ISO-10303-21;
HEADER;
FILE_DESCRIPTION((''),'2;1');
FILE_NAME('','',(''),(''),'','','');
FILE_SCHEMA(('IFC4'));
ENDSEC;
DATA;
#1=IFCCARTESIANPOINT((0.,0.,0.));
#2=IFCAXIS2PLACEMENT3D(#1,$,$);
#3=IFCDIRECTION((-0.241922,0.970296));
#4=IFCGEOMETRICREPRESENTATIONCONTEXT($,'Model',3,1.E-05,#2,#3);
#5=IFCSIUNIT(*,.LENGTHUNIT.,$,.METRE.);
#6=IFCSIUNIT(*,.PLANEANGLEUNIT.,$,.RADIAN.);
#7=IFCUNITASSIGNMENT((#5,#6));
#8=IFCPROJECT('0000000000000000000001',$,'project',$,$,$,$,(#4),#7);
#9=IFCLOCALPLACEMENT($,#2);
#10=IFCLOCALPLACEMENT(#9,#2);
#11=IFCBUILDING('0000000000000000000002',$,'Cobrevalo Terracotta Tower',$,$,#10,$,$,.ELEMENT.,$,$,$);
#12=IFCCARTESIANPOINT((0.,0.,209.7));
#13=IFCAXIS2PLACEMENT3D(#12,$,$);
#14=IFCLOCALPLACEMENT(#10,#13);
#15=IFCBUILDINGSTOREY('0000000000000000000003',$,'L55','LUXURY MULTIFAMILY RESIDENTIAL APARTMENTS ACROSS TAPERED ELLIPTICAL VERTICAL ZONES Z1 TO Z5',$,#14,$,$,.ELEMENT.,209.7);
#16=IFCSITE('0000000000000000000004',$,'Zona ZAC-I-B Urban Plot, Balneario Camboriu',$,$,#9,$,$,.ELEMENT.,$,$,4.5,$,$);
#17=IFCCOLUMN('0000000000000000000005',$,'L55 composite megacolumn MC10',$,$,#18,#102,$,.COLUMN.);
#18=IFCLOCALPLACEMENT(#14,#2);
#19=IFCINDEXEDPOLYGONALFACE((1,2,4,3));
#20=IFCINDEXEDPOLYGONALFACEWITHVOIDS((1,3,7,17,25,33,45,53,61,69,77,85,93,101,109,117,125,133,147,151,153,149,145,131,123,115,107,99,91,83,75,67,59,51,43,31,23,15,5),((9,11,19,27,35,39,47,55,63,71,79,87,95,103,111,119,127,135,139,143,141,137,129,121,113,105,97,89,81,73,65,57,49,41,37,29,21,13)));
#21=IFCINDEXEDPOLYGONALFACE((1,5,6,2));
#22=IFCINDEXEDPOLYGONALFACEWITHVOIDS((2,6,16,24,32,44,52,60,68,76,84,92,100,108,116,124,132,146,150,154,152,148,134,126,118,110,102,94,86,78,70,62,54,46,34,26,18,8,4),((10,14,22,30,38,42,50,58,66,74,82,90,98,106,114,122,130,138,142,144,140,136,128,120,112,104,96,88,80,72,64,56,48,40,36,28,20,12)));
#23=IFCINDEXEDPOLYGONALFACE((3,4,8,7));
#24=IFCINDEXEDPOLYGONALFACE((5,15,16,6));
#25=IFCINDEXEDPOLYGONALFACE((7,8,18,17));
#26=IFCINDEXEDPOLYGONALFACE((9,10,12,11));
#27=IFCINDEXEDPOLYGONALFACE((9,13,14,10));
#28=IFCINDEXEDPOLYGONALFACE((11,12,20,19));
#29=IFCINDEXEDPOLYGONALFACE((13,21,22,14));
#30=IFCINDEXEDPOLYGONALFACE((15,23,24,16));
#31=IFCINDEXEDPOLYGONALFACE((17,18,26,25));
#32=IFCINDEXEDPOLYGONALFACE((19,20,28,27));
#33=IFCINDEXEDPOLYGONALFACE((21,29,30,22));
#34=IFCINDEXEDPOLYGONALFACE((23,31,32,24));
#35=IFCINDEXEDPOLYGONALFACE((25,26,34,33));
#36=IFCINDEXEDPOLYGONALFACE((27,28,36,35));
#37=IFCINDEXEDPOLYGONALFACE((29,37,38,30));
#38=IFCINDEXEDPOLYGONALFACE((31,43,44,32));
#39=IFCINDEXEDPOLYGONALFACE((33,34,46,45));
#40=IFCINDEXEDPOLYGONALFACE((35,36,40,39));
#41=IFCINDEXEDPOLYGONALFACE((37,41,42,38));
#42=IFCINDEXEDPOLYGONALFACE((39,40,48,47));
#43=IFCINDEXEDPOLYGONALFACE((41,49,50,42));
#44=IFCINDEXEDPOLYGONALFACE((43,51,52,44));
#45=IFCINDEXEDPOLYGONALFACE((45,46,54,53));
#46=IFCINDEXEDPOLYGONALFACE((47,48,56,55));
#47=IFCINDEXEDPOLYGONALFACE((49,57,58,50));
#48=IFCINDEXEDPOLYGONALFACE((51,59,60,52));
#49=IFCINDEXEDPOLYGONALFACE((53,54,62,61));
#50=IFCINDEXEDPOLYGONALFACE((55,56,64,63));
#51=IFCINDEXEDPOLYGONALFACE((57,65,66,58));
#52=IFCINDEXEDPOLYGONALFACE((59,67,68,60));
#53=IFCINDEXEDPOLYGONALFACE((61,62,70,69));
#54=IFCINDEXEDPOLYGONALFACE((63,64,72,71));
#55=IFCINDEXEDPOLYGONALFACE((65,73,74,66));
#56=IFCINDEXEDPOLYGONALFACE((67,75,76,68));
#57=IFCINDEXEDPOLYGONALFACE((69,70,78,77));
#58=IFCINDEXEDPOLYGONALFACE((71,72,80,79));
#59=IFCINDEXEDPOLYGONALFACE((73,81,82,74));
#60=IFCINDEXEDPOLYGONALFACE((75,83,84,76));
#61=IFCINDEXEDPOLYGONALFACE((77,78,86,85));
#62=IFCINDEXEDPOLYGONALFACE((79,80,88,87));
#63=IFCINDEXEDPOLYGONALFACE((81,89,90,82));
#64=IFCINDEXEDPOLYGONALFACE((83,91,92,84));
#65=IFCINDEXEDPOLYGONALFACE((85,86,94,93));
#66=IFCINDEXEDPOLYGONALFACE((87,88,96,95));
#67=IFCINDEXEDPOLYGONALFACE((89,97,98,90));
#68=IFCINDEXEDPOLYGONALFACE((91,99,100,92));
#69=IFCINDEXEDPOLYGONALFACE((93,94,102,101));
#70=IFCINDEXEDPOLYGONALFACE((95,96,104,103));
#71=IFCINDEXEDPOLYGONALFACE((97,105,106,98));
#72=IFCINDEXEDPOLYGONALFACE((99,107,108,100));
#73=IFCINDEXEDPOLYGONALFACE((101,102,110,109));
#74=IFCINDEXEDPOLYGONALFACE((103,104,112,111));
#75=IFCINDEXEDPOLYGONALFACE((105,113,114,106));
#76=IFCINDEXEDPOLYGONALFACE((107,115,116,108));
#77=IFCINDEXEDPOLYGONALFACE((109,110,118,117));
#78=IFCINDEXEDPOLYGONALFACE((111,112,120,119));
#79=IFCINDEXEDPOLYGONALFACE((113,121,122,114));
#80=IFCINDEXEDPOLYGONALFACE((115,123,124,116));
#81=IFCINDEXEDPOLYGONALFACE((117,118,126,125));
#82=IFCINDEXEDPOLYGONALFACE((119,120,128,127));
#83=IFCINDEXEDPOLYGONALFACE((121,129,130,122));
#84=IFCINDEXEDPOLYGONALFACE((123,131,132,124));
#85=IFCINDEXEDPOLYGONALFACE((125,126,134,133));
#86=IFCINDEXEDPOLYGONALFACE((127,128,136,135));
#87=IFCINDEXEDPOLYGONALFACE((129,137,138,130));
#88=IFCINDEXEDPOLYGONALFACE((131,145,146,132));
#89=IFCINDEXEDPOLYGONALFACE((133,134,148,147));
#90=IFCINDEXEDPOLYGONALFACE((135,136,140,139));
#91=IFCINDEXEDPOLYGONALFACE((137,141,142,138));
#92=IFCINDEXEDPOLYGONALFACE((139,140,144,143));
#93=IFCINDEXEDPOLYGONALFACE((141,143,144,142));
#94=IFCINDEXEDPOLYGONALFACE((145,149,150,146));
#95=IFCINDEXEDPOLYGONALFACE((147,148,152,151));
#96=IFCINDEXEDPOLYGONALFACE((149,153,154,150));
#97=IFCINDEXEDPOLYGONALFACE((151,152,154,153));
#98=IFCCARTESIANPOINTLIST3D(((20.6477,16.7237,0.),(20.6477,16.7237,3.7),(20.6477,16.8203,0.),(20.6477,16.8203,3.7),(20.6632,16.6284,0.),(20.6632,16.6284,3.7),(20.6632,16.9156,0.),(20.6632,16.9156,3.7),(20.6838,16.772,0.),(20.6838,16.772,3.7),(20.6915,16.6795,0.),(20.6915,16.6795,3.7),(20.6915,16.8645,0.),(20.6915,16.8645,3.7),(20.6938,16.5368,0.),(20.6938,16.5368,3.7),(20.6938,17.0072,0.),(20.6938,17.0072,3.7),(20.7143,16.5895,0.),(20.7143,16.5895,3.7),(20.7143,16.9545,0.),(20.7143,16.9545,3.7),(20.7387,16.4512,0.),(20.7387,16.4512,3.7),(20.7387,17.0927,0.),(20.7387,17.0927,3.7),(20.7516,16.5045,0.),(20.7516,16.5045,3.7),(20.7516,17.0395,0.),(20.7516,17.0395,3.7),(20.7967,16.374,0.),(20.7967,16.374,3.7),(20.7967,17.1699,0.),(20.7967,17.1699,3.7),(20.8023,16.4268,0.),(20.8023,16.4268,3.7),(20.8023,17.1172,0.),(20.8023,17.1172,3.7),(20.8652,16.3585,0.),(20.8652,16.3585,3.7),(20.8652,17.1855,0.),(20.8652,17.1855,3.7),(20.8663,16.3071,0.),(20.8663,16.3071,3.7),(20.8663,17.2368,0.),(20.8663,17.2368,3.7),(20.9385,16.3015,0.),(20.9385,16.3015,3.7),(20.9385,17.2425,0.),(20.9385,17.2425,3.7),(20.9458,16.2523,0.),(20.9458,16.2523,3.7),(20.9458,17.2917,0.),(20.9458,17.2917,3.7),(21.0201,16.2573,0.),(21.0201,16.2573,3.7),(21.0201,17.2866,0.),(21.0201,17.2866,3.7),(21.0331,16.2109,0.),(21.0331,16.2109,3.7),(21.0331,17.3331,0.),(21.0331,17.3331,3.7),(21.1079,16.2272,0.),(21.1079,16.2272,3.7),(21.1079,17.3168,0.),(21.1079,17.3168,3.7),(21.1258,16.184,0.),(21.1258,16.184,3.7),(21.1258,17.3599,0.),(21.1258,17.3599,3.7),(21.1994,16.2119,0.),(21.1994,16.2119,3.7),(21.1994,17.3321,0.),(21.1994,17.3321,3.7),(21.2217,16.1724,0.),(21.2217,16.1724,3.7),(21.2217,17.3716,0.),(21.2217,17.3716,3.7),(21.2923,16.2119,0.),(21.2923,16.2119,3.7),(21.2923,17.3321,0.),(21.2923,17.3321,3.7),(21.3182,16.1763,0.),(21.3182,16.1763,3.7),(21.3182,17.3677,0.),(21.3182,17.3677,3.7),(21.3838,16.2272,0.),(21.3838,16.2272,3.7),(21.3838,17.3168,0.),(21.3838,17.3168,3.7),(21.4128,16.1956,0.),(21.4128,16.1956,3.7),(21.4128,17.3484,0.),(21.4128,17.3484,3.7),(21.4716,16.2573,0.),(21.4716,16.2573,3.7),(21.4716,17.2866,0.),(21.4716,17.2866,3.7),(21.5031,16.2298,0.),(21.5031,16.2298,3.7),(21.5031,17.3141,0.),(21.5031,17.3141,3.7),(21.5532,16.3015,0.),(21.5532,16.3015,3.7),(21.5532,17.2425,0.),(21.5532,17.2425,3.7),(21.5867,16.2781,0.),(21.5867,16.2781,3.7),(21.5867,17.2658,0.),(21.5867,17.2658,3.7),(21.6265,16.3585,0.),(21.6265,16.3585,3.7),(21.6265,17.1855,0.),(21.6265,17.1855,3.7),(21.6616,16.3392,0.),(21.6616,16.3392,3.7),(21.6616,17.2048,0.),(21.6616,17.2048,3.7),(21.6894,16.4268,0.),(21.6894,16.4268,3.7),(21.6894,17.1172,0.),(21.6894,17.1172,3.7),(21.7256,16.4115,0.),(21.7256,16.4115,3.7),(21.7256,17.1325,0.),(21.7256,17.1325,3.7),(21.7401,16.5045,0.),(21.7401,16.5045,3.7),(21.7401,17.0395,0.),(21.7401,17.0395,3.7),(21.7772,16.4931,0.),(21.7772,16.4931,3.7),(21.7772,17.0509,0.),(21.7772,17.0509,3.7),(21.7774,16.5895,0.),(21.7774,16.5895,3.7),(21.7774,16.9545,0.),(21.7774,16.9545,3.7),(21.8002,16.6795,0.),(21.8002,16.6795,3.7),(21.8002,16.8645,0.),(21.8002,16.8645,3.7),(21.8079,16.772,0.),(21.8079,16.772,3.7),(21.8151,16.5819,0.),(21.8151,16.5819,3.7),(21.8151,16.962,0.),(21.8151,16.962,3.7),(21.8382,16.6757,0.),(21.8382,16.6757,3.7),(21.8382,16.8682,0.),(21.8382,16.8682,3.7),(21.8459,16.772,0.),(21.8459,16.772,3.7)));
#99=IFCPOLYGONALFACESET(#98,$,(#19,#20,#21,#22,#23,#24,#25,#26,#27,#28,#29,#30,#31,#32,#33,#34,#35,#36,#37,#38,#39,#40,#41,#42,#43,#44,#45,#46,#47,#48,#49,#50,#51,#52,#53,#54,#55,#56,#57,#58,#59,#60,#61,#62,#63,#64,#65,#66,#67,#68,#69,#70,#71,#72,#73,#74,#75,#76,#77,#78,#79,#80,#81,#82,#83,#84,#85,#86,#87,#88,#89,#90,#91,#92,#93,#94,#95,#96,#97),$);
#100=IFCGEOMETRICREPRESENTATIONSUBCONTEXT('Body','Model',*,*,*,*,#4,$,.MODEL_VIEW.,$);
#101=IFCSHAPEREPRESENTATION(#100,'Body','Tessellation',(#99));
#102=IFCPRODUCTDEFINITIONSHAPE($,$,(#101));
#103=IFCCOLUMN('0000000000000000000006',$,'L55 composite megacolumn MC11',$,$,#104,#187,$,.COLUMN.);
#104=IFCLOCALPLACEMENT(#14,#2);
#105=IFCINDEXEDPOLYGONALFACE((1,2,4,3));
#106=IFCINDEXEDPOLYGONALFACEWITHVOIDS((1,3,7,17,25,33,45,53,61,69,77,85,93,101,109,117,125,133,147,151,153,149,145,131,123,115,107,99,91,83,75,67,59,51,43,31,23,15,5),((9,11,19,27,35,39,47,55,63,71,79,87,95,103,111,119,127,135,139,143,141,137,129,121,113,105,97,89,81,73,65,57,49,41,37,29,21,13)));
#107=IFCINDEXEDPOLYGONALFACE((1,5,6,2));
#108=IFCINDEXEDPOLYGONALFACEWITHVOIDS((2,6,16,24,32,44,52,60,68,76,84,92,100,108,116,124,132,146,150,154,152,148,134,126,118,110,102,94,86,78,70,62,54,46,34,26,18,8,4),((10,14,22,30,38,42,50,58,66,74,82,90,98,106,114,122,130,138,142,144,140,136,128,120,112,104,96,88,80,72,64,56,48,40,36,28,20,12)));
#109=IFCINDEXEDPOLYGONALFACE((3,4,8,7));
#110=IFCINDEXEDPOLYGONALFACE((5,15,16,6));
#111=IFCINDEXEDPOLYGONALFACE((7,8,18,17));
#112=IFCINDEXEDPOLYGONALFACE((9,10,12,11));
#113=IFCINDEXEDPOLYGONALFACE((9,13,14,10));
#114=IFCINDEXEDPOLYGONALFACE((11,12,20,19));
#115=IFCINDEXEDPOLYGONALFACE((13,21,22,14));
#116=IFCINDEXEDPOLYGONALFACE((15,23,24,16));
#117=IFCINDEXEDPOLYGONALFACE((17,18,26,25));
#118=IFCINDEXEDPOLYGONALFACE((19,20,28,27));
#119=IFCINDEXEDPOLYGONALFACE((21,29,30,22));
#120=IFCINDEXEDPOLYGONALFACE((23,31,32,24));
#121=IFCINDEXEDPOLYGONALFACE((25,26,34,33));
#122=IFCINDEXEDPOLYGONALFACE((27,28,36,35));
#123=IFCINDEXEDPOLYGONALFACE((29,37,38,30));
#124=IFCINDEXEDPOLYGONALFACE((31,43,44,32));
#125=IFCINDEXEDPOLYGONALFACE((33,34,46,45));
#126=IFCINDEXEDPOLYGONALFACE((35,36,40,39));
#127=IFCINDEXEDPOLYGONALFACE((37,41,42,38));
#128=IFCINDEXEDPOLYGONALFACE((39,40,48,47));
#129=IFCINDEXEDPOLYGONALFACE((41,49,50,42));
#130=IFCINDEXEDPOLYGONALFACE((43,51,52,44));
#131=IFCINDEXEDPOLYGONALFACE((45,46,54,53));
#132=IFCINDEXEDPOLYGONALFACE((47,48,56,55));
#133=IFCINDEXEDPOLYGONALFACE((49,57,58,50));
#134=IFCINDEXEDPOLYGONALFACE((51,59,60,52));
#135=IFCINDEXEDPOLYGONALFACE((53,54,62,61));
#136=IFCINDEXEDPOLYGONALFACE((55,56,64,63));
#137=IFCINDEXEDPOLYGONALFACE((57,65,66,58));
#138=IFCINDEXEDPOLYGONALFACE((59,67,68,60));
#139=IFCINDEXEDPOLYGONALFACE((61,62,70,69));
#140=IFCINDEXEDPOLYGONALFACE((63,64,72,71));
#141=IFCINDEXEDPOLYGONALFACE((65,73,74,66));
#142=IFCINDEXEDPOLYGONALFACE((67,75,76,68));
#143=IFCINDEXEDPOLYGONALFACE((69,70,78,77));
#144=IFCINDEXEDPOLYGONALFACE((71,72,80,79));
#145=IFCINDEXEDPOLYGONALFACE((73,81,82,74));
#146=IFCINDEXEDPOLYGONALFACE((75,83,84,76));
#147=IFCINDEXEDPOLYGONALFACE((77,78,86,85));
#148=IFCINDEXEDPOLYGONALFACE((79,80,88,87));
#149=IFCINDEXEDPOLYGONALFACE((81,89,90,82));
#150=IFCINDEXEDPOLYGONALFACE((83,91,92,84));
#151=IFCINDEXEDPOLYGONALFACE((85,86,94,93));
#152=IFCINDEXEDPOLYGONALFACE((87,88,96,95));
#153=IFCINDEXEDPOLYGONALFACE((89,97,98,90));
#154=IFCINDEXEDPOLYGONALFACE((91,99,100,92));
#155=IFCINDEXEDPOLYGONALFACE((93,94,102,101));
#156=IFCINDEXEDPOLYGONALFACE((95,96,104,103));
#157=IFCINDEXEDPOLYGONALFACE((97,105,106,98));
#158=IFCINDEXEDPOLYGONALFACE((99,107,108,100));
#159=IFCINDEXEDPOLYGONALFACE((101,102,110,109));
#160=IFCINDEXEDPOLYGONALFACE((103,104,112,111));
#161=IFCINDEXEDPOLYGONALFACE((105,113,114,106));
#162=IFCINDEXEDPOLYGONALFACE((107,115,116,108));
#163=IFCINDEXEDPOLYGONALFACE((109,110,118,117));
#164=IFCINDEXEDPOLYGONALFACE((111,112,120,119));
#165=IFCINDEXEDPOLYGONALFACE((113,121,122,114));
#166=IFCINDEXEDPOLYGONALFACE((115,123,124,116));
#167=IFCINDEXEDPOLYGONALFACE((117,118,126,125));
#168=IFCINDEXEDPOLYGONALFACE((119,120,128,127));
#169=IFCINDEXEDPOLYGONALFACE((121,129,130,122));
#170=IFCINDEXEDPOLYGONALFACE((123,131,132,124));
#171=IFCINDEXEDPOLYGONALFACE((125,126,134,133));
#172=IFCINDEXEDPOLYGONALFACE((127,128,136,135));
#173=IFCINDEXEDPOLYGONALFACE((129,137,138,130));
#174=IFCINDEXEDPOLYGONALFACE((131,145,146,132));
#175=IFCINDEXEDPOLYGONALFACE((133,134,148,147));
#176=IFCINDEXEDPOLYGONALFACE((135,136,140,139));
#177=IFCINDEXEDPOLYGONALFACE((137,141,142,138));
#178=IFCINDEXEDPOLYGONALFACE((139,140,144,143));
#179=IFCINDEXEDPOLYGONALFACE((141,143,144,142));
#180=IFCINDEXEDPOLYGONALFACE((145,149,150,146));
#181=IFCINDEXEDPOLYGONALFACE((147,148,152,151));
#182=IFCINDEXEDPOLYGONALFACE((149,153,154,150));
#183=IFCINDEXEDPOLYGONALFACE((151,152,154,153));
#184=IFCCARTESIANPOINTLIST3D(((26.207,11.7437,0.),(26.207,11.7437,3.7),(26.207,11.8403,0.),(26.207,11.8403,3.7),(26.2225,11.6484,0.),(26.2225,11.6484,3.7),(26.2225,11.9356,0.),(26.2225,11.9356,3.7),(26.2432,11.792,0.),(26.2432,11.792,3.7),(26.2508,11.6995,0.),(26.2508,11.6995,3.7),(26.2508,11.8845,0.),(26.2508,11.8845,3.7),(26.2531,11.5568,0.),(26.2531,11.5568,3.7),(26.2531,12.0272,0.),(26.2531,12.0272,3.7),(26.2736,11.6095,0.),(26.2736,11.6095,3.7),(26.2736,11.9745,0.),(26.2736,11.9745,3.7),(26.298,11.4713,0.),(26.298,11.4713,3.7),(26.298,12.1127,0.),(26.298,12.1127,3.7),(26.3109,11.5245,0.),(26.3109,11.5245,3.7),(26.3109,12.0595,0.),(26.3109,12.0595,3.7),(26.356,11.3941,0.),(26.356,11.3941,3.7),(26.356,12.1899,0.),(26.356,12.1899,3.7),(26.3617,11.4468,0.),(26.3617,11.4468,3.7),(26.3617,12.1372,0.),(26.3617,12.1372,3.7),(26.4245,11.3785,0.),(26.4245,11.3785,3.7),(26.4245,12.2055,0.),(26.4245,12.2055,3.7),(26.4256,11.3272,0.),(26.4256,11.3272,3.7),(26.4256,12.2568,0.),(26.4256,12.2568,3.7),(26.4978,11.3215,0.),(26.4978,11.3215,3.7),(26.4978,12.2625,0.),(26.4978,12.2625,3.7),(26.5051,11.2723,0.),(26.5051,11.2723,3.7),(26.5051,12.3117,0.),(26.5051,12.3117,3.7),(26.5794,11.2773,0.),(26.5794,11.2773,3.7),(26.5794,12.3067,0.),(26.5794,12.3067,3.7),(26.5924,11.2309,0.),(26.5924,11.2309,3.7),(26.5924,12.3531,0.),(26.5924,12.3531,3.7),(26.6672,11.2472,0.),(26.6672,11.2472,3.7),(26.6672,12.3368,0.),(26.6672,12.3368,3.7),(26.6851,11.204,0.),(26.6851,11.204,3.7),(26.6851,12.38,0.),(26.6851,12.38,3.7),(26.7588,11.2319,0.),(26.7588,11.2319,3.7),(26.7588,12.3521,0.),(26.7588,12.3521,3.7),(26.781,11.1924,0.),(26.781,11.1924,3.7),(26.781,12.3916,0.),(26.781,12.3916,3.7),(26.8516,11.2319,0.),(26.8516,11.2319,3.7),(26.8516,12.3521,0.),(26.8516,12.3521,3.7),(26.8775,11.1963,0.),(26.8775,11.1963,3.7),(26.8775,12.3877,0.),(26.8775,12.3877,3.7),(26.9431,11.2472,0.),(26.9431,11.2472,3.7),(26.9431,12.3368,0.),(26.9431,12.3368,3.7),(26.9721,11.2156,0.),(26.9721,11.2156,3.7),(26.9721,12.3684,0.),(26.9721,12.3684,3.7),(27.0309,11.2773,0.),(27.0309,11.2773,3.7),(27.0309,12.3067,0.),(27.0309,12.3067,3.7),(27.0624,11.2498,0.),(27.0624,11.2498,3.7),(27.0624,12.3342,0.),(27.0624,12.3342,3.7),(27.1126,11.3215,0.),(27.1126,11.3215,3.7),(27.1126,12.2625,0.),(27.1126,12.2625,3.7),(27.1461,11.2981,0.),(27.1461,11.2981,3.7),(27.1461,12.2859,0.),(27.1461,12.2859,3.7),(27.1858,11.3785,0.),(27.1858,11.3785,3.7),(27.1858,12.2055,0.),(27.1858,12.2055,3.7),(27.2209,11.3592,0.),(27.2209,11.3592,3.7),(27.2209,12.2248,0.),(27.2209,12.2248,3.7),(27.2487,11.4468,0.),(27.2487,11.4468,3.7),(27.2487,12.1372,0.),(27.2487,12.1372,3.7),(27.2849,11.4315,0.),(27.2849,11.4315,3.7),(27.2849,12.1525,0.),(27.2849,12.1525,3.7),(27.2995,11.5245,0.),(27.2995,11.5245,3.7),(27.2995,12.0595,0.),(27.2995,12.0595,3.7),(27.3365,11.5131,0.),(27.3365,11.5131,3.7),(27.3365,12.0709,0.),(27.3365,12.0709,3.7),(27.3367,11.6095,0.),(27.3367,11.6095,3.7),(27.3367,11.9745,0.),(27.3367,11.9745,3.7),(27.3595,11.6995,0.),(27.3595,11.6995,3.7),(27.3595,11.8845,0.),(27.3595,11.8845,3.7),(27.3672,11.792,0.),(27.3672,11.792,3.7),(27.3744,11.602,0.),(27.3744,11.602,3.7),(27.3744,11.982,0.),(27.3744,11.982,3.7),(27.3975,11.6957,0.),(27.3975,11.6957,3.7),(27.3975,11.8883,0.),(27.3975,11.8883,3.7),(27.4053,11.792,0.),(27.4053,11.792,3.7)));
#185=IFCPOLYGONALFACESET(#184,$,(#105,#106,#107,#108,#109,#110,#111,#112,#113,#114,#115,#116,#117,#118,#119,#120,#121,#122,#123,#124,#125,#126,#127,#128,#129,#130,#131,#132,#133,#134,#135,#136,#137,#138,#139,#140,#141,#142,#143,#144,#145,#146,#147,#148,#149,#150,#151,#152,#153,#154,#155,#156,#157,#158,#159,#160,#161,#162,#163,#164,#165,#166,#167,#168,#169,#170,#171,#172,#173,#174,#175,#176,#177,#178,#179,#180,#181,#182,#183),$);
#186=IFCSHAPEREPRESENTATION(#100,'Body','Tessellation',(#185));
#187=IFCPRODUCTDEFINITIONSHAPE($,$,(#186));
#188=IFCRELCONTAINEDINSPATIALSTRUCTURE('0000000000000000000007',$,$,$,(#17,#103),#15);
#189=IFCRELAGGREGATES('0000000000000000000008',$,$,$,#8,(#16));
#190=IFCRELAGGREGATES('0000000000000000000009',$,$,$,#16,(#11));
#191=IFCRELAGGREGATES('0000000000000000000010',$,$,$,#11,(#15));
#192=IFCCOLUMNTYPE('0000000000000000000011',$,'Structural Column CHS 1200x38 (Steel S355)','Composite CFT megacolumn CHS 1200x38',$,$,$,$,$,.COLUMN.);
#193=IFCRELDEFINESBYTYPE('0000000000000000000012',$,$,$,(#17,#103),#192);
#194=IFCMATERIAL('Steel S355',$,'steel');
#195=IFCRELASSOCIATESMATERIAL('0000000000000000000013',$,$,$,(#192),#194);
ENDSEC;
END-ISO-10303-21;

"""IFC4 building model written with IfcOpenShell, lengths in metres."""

from ifc_helpers import new_model, si_unit, direction, frame, origin, origin_2d, place, context, subcontext, project, spatial, hollow_circle, extrude, material, material_profile, profile_set, type_object, element, save


model = new_model("IFC4")

# Units and contexts
model_context = context("Model", 3, precision=1e-05, world=origin(), true_north=direction((-0.241922, 0.970296)))
body_context = subcontext(model_context, "Body", "Model", "MODEL_VIEW")
ifc_project = project(units=[si_unit("LENGTHUNIT", "METRE"), si_unit("PLANEANGLEUNIT", "RADIAN")], contexts=[model_context])

# Site, building, storey
site_placement = place(None, origin())
site = spatial("IfcSite", under=ifc_project, at=site_placement, Name="Zona ZAC-I-B Urban Plot, Balneario Camboriu", CompositionType="ELEMENT", RefElevation=4.5)
building_placement = place(site_placement, origin())
building = spatial("IfcBuilding", under=site, at=building_placement, Name="Cobrevalo Terracotta Tower", CompositionType="ELEMENT")
storey_placement = place(building_placement, frame((0.0, 0.0, 209.7)))
storey = spatial("IfcBuildingStorey", under=building, at=storey_placement, Name="L55", Description="LUXURY MULTIFAMILY RESIDENTIAL APARTMENTS ACROSS TAPERED ELLIPTICAL VERTICAL ZONES Z1 TO Z5", CompositionType="ELEMENT", Elevation=209.7)

# Columns
ifc_material_1 = material(Name="Steel S355", Category="steel")
ifc_material_profile_1 = material_profile(ifc_material_1, hollow_circle(Radius=0.6001, WallThickness=0.0381, at=origin_2d()), Name="CHS 1200x38")
ifc_profile_set_1 = profile_set([ifc_material_profile_1], Name="Steel S355")
column_type = type_object("IfcColumnType", Name="Structural Column CHS 1200x38 (Steel S355)", Description="Composite CFT megacolumn CHS 1200x38", PredefinedType="COLUMN", material=ifc_profile_set_1)
for number, where, z_axis, x_axis, name in (
    (1, (21.2458, 16.772, 0.0), (0.0, 0.0, 1.0), (1.0, 0.0, 0.0), "L55 composite megacolumn MC10"),
    (2, (26.8052, 11.792, 0.0), (0.0, 0.0, 1.0), (1.0, 0.0, 0.0), "L55 composite megacolumn MC11"),
):
    element("IfcColumn", number, at=place(storey_placement, frame(where, z_axis=z_axis, x_axis=x_axis)), inside=storey, type_object=column_type, Name=name, PredefinedType="COLUMN", context=body_context, shape_type="SweptSolid", body=[
        extrude(hollow_circle(Radius=0.6001, WallThickness=0.0381, at=origin_2d()), origin(), (0.0, 0.0, 1.0), 3.7),
    ])

save(model, "model.ifc")
